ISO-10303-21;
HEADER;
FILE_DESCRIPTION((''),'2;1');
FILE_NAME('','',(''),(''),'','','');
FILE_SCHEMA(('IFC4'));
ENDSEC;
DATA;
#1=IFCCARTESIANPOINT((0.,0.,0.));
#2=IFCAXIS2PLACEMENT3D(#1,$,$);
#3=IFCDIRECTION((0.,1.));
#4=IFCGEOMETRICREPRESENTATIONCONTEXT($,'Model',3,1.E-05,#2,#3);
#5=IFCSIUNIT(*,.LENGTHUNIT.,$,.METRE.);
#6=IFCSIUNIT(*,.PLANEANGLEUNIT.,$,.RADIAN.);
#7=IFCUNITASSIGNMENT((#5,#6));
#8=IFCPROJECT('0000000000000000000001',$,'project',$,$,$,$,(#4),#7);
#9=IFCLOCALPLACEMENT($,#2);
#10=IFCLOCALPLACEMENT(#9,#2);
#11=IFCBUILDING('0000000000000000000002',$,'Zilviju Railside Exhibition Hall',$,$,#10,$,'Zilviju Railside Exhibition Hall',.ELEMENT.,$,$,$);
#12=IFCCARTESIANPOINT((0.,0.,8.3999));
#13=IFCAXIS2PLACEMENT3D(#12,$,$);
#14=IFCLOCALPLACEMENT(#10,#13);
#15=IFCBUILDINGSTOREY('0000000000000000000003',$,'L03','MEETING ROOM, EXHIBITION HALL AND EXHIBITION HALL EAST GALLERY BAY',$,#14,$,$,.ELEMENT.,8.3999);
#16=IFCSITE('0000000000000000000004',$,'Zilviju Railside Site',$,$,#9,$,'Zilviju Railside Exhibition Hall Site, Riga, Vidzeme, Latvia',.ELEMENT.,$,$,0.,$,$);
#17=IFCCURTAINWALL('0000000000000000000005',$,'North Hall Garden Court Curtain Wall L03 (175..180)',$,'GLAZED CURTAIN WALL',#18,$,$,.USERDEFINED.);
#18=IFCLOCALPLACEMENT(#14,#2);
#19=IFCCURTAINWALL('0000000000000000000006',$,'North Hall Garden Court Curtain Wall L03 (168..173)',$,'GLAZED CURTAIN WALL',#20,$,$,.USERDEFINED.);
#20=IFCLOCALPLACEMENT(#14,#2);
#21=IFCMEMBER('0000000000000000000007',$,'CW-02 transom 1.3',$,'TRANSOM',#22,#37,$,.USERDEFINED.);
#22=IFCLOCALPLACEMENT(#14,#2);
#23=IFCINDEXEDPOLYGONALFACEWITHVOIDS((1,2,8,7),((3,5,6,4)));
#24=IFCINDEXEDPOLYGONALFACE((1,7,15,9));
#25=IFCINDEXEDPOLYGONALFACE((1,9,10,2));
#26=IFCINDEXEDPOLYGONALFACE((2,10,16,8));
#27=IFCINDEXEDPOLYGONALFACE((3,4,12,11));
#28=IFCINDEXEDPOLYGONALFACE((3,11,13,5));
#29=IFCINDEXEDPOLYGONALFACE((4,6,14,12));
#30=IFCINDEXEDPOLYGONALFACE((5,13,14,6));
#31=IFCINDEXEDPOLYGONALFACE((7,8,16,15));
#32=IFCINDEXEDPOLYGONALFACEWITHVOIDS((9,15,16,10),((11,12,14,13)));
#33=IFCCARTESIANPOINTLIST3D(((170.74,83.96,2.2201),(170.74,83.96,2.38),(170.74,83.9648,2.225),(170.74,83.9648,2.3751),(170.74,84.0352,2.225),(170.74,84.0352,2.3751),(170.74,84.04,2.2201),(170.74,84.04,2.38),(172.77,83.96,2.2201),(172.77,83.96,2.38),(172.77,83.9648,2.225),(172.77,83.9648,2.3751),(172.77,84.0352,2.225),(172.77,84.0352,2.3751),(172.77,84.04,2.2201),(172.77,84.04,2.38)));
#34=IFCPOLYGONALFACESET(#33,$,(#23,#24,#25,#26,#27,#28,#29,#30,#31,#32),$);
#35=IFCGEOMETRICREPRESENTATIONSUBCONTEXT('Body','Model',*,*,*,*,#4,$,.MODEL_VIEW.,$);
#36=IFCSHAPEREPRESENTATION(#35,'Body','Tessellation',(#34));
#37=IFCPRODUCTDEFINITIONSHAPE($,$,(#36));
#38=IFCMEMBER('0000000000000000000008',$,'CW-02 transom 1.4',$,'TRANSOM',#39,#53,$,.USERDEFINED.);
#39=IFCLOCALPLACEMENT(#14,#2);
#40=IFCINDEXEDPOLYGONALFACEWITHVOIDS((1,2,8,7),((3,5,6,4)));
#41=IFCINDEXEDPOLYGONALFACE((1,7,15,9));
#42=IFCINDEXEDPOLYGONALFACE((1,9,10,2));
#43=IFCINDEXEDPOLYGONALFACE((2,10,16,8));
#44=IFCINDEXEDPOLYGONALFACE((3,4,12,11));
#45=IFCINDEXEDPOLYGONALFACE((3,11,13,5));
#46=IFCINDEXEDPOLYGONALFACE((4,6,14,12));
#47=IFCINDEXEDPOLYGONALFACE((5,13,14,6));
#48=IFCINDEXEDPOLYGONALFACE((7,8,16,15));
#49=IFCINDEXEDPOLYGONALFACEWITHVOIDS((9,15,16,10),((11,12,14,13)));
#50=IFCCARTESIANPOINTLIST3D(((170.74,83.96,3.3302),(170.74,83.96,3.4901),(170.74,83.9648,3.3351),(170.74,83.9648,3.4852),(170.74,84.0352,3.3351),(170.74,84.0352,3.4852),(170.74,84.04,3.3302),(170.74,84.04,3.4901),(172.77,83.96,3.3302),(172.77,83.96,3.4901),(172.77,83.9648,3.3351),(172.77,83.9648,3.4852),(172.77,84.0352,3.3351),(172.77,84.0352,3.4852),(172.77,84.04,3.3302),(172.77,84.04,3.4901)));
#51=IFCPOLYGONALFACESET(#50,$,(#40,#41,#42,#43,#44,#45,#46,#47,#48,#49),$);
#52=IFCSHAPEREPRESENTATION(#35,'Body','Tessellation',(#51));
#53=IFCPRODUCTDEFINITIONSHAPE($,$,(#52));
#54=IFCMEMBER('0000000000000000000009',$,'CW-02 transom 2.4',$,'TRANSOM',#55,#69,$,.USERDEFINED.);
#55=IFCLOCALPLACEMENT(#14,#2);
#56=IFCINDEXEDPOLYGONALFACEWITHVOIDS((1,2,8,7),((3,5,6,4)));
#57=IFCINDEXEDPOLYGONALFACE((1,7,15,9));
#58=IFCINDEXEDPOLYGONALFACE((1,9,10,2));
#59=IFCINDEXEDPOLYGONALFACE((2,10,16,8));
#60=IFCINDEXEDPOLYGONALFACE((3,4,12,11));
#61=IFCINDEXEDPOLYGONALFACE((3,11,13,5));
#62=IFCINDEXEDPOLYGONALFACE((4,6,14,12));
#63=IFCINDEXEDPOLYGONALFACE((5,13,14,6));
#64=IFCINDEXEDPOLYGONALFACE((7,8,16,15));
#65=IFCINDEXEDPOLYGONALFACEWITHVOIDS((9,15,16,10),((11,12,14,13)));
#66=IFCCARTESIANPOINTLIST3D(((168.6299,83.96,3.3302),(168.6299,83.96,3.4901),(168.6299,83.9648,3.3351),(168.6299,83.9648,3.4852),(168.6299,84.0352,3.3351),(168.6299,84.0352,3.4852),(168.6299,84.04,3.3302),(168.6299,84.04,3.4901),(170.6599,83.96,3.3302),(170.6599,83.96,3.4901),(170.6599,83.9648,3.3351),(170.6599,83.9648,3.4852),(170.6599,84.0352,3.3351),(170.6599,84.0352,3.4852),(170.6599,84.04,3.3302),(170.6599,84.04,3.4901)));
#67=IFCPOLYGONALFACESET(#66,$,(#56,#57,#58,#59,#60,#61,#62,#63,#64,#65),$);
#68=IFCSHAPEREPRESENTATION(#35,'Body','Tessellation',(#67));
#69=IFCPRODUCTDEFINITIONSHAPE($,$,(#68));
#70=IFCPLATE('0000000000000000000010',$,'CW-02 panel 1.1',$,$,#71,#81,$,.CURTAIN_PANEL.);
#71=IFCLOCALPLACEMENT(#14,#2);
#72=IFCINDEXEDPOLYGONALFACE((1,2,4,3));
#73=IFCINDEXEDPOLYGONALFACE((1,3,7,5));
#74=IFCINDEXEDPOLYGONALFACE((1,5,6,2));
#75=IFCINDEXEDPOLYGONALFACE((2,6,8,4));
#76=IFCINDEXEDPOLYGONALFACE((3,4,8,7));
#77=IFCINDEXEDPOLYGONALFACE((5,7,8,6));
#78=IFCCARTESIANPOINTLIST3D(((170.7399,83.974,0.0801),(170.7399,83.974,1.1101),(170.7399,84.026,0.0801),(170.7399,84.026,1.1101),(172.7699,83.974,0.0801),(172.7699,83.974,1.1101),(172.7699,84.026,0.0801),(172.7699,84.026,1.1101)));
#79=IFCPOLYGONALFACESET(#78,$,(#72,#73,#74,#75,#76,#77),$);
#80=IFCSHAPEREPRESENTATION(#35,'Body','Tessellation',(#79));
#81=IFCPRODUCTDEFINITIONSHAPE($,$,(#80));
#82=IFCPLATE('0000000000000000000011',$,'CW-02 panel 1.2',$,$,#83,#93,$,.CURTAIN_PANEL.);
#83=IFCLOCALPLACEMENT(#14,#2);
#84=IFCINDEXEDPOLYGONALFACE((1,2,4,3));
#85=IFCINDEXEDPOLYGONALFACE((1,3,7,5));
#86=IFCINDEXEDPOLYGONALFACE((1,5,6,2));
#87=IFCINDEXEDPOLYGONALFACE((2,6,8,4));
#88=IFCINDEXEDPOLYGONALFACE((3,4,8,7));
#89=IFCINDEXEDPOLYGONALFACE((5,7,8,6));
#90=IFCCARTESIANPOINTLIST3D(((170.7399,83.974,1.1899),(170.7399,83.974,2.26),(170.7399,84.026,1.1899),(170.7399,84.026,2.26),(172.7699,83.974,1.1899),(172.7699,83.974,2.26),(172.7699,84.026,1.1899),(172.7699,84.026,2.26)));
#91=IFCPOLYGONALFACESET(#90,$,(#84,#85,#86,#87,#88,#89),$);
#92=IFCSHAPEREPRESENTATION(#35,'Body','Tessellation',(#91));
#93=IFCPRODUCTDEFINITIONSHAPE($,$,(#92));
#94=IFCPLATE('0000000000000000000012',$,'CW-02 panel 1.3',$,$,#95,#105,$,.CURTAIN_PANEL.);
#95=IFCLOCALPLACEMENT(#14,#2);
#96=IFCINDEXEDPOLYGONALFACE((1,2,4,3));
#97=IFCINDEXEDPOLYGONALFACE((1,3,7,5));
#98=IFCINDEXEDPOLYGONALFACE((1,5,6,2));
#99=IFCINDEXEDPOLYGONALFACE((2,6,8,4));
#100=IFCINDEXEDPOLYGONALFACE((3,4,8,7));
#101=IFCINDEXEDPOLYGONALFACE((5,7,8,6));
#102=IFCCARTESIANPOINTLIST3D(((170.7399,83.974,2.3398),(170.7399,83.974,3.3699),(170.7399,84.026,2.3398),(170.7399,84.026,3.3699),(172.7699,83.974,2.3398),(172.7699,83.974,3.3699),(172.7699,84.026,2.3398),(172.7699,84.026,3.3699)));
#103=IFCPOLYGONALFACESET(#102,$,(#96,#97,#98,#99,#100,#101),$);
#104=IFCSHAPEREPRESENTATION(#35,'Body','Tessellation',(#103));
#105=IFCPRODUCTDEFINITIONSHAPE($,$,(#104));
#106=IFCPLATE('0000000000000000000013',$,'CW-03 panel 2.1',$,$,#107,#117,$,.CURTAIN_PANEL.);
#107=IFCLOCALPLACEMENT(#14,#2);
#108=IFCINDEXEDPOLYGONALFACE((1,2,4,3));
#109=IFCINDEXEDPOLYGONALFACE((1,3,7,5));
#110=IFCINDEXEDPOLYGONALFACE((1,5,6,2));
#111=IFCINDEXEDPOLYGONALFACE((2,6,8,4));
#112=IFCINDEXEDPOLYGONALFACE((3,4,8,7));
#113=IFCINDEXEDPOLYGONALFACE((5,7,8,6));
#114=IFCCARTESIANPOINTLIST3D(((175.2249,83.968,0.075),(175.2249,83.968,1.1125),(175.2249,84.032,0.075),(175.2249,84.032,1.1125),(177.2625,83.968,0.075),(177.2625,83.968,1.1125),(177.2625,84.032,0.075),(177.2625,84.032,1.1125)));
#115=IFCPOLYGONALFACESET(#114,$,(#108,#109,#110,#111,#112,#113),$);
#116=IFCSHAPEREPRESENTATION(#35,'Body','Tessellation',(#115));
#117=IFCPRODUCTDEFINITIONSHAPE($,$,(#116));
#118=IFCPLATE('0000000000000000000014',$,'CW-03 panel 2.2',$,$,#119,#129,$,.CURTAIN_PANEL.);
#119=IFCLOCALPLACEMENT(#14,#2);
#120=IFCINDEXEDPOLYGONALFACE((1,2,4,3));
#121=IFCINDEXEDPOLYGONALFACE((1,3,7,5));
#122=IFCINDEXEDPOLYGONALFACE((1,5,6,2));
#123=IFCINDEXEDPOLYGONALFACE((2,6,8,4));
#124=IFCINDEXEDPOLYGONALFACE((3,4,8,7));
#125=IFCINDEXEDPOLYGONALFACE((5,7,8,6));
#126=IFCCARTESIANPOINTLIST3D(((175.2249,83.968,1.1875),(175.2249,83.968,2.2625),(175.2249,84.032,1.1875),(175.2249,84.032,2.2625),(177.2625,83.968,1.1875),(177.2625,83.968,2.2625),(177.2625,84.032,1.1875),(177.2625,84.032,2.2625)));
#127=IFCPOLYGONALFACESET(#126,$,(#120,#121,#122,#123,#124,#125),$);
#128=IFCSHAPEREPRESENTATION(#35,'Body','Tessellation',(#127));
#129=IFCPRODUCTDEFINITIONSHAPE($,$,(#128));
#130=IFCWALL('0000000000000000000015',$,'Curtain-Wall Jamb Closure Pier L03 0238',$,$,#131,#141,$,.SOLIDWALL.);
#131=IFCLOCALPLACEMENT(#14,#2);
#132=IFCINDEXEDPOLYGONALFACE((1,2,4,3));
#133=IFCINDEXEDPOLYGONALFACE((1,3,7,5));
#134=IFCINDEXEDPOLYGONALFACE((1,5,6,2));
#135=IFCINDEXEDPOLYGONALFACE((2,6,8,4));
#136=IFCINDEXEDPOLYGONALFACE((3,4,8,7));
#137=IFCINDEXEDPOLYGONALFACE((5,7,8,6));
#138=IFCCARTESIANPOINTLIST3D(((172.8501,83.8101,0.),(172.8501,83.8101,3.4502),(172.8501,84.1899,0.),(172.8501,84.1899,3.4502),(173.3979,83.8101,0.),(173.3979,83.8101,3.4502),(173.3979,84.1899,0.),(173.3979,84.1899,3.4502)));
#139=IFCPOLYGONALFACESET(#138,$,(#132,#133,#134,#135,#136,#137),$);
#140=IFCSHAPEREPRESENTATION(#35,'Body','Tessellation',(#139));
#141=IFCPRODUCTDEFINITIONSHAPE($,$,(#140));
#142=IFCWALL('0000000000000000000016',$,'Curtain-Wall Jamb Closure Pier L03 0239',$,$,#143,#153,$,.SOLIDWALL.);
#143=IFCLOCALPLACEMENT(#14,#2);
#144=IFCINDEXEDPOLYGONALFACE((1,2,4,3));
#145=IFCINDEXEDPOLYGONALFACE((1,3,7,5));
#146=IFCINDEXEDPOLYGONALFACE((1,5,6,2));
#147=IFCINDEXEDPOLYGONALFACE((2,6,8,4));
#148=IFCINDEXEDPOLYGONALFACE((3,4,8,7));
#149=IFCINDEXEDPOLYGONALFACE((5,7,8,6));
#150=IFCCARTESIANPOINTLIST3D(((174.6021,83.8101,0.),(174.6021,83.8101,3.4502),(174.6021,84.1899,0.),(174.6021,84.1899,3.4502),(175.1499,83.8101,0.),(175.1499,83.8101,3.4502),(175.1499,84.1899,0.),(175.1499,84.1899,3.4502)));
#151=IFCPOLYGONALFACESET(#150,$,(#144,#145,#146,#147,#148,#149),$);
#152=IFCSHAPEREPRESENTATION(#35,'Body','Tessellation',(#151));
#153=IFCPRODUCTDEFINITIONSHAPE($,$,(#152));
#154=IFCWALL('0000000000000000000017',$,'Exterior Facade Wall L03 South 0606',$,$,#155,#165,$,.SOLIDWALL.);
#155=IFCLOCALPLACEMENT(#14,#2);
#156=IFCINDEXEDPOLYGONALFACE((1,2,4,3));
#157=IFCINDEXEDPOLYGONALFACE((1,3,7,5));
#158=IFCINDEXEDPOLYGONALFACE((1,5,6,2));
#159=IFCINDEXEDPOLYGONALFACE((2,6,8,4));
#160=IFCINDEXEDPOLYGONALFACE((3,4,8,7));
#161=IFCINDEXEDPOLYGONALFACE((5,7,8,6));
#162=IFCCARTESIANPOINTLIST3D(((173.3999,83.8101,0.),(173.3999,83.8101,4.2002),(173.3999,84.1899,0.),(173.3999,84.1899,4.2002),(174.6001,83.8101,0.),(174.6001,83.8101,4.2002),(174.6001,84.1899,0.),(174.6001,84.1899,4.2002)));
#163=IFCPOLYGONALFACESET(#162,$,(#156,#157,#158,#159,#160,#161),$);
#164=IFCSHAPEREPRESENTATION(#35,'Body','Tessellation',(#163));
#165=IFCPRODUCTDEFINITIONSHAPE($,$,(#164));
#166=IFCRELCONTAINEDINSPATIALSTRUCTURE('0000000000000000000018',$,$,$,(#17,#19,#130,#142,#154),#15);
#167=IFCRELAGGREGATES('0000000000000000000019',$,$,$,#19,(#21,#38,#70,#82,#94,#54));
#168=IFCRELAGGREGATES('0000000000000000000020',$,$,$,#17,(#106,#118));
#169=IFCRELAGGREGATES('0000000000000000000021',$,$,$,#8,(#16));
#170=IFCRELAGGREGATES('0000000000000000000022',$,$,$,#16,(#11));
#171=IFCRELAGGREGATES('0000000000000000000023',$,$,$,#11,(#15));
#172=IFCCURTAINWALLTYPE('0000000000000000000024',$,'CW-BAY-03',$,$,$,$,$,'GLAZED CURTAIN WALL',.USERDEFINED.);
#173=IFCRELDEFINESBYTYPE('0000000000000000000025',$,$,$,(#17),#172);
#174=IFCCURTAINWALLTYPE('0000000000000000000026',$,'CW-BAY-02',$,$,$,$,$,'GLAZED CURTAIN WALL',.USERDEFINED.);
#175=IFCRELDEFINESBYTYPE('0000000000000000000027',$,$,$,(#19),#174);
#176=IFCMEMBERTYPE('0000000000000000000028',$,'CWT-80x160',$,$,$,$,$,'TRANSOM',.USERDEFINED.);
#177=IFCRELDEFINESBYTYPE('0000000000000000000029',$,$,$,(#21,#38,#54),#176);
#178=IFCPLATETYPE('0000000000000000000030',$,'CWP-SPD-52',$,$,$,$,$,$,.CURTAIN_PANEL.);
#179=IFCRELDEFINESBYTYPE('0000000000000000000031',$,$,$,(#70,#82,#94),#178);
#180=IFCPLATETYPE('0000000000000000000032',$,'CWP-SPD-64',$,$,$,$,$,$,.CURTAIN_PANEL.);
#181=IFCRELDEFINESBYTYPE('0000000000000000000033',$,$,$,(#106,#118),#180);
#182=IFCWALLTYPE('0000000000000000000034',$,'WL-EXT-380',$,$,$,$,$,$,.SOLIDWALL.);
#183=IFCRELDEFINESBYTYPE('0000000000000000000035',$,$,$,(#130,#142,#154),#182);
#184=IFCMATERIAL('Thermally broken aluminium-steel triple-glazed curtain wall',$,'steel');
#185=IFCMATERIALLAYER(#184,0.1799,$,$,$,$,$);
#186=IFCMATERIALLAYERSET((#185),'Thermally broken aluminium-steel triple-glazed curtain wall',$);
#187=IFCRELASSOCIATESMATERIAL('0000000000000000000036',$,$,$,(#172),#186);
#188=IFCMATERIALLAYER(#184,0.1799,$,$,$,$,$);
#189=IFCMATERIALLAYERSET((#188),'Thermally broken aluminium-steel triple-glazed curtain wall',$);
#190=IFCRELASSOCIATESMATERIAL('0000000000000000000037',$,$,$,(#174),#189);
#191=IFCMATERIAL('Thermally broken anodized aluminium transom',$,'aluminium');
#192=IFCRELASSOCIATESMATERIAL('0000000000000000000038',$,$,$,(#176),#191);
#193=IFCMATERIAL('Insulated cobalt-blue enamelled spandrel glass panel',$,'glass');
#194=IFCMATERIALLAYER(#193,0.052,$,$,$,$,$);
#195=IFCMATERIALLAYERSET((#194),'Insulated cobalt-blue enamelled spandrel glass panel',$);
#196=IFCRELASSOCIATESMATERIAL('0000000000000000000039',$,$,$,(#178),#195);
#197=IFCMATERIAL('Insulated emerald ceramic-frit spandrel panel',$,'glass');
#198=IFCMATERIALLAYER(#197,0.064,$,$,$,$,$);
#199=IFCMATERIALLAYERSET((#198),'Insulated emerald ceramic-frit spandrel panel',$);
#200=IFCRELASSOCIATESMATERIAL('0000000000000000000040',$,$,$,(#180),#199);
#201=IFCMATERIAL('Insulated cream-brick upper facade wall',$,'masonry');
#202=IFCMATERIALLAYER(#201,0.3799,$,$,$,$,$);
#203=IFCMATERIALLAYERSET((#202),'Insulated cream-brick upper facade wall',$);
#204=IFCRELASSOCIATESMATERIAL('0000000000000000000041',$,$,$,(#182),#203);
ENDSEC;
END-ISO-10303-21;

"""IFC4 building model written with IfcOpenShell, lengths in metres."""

from ifc_helpers import new_model, si_unit, direction, frame, frame_2d, origin, origin_2d, place, context, subcontext, project, spatial, rectangle, hollow_rectangle, extrude, material, layer, layer_set, material_profile, profile_set, type_object, element, aggregate, save


model = new_model("IFC4")

# Units and contexts
model_context = context("Model", 3, precision=1e-05, world=origin(), true_north=direction((0.0, 1.0)))
body_context = subcontext(model_context, "Body", "Model", "MODEL_VIEW")
ifc_project = project(units=[si_unit("LENGTHUNIT", "METRE"), si_unit("PLANEANGLEUNIT", "RADIAN")], contexts=[model_context])

# Site, building, storey
site_placement = place(None, origin())
site = spatial("IfcSite", under=ifc_project, at=site_placement, Name="Zilviju Railside Site", LongName="Zilviju Railside Exhibition Hall Site, Riga, Vidzeme, Latvia", CompositionType="ELEMENT", RefElevation=0.0)
building_placement = place(site_placement, origin())
building = spatial("IfcBuilding", under=site, at=building_placement, Name="Zilviju Railside Exhibition Hall", LongName="Zilviju Railside Exhibition Hall", CompositionType="ELEMENT")
storey_placement = place(building_placement, frame((0.0, 0.0, 8.3999)))
storey = spatial("IfcBuildingStorey", under=building, at=storey_placement, Name="L03", Description="MEETING ROOM, EXHIBITION HALL AND EXHIBITION HALL EAST GALLERY BAY", CompositionType="ELEMENT", Elevation=8.3999)

# Curtain wall
ifc_material_1 = material(Name="Thermally broken aluminium-steel triple-glazed curtain wall", Category="steel")
ifc_layer_1 = layer(ifc_material_1, 0.1799)
ifc_layer_set_1 = layer_set([ifc_layer_1], Name="Thermally broken aluminium-steel triple-glazed curtain wall")
curtain_wall_type_1 = type_object("IfcCurtainWallType", Name="CW-BAY-03", ElementType="GLAZED CURTAIN WALL", PredefinedType="USERDEFINED", material=ifc_layer_set_1)
curtain_wall_1_placement = place(storey_placement, origin())
curtain_wall_1 = element("IfcCurtainWall", 1, at=curtain_wall_1_placement, inside=storey, type_object=curtain_wall_type_1, Name="North Hall Garden Court Curtain Wall L03 (175..180)", ObjectType="GLAZED CURTAIN WALL", PredefinedType="USERDEFINED")

# Curtain wall, members, plates
ifc_layer_2 = layer(ifc_material_1, 0.1799)
ifc_layer_set_2 = layer_set([ifc_layer_2], Name="Thermally broken aluminium-steel triple-glazed curtain wall")
curtain_wall_type_2 = type_object("IfcCurtainWallType", Name="CW-BAY-02", ElementType="GLAZED CURTAIN WALL", PredefinedType="USERDEFINED", material=ifc_layer_set_2)
curtain_wall_2_placement = place(storey_placement, origin())
curtain_wall_2 = element("IfcCurtainWall", 2, at=curtain_wall_2_placement, inside=storey, type_object=curtain_wall_type_2, Name="North Hall Garden Court Curtain Wall L03 (168..173)", ObjectType="GLAZED CURTAIN WALL", PredefinedType="USERDEFINED")
ifc_material_2 = material(Name="Thermally broken anodized aluminium transom", Category="aluminium")
ifc_material_profile_1 = material_profile(ifc_material_2, hollow_rectangle(XDim=0.0801, YDim=0.1599, WallThickness=0.0049, at=origin_2d()), Name="TRANSOM 160x80x5")
ifc_profile_set_1 = profile_set([ifc_material_profile_1], Name="Thermally broken anodized aluminium transom")
member_type_1 = type_object("IfcMemberType", Name="CWT-80x160", ElementType="TRANSOM", PredefinedType="USERDEFINED", material=ifc_profile_set_1)
member_1_placement = place(storey_placement, frame((172.77, 84.0, 2.3), z_axis=(-1.0, 0.0, 0.0), x_axis=(0.0, -1.0, 0.0)))
member_1 = element("IfcMember", 3, at=member_1_placement, type_object=member_type_1, Name="CW-02 transom 1.3", ObjectType="TRANSOM", PredefinedType="USERDEFINED", context=body_context, shape_type="SweptSolid", body=[
    extrude(hollow_rectangle(XDim=0.0801, YDim=0.1599, WallThickness=0.0049, at=origin_2d()), origin(), (0.0, 0.0, 1.0), 2.03),
])
member_2_placement = place(storey_placement, frame((172.77, 84.0, 3.4102), z_axis=(-1.0, 0.0, 0.0), x_axis=(0.0, -1.0, 0.0)))
member_2 = element("IfcMember", 4, at=member_2_placement, type_object=member_type_1, Name="CW-02 transom 1.4", ObjectType="TRANSOM", PredefinedType="USERDEFINED", context=body_context, shape_type="SweptSolid", body=[
    extrude(hollow_rectangle(XDim=0.0801, YDim=0.1599, WallThickness=0.0049, at=origin_2d()), origin(), (0.0, 0.0, 1.0), 2.03),
])
member_3_placement = place(storey_placement, frame((170.6599, 84.0, 3.4102), z_axis=(-1.0, 0.0, 0.0), x_axis=(0.0, -1.0, 0.0)))
member_3 = element("IfcMember", 5, at=member_3_placement, type_object=member_type_1, Name="CW-02 transom 2.4", ObjectType="TRANSOM", PredefinedType="USERDEFINED", context=body_context, shape_type="SweptSolid", body=[
    extrude(hollow_rectangle(XDim=0.0801, YDim=0.1599, WallThickness=0.0049, at=origin_2d()), origin(), (0.0, 0.0, 1.0), 2.03),
])
ifc_material_3 = material(Name="Insulated cobalt-blue enamelled spandrel glass panel", Category="glass")
ifc_layer_3 = layer(ifc_material_3, 0.052)
ifc_layer_set_3 = layer_set([ifc_layer_3], Name="Insulated cobalt-blue enamelled spandrel glass panel")
plate_type_1 = type_object("IfcPlateType", Name="CWP-SPD-52", PredefinedType="CURTAIN_PANEL", material=ifc_layer_set_3)
plate_1_placement = place(storey_placement, frame((171.7549, 84.0, 0.0801), z_axis=(0.0, 0.0, 1.0), x_axis=(-1.0, 0.0, 0.0)))
plate_1 = element("IfcPlate", 6, at=plate_1_placement, type_object=plate_type_1, Name="CW-02 panel 1.1", PredefinedType="CURTAIN_PANEL", context=body_context, shape_type="SweptSolid", body=[
    extrude(rectangle(XDim=2.03, YDim=0.052, at=origin_2d()), origin(), (0.0, 0.0, 1.0), 1.03),
])
plate_2_placement = place(storey_placement, frame((171.7549, 84.0, 1.1899), z_axis=(0.0, 0.0, 1.0), x_axis=(-1.0, 0.0, 0.0)))
plate_2 = element("IfcPlate", 7, at=plate_2_placement, type_object=plate_type_1, Name="CW-02 panel 1.2", PredefinedType="CURTAIN_PANEL", context=body_context, shape_type="SweptSolid", body=[
    extrude(rectangle(XDim=2.03, YDim=0.052, at=origin_2d()), origin(), (0.0, 0.0, 1.0), 1.0701),
])
plate_3_placement = place(storey_placement, frame((171.7549, 84.0, 2.3398), z_axis=(0.0, 0.0, 1.0), x_axis=(-1.0, 0.0, 0.0)))
plate_3 = element("IfcPlate", 8, at=plate_3_placement, type_object=plate_type_1, Name="CW-02 panel 1.3", PredefinedType="CURTAIN_PANEL", context=body_context, shape_type="SweptSolid", body=[
    extrude(rectangle(XDim=2.03, YDim=0.052, at=origin_2d()), origin(), (0.0, 0.0, 1.0), 1.03),
])
aggregate(curtain_wall_2, [member_1, member_2, plate_1, plate_2, plate_3, member_3])

# Plates
ifc_material_4 = material(Name="Insulated emerald ceramic-frit spandrel panel", Category="glass")
ifc_layer_4 = layer(ifc_material_4, 0.064)
ifc_layer_set_4 = layer_set([ifc_layer_4], Name="Insulated emerald ceramic-frit spandrel panel")
plate_type_2 = type_object("IfcPlateType", Name="CWP-SPD-64", PredefinedType="CURTAIN_PANEL", material=ifc_layer_set_4)
plate_4_placement = place(storey_placement, frame((176.2437, 84.0, 0.075), z_axis=(0.0, 0.0, 1.0), x_axis=(-1.0, 0.0, 0.0)))
plate_4 = element("IfcPlate", 9, at=plate_4_placement, type_object=plate_type_2, Name="CW-03 panel 2.1", PredefinedType="CURTAIN_PANEL", context=body_context, shape_type="SweptSolid", body=[
    extrude(rectangle(XDim=2.0376, YDim=0.064, at=origin_2d()), origin(), (0.0, 0.0, 1.0), 1.0376),
])
plate_5_placement = place(storey_placement, frame((176.2437, 84.0, 1.1875), z_axis=(0.0, 0.0, 1.0), x_axis=(-1.0, 0.0, 0.0)))
plate_5 = element("IfcPlate", 10, at=plate_5_placement, type_object=plate_type_2, Name="CW-03 panel 2.2", PredefinedType="CURTAIN_PANEL", context=body_context, shape_type="SweptSolid", body=[
    extrude(rectangle(XDim=2.0376, YDim=0.064, at=origin_2d()), origin(), (0.0, 0.0, 1.0), 1.075),
])
aggregate(curtain_wall_1, [plate_4, plate_5])

# Walls
ifc_material_5 = material(Name="Insulated cream-brick upper facade wall", Category="masonry")
ifc_layer_5 = layer(ifc_material_5, 0.3799)
ifc_layer_set_5 = layer_set([ifc_layer_5], Name="Insulated cream-brick upper facade wall")
wall_type = type_object("IfcWallType", Name="WL-EXT-380", PredefinedType="SOLIDWALL", material=ifc_layer_set_5)
for number, where, z_axis, x_axis, name in (
    (11, (173.3979, 84.0, 0.0), (0.0, 0.0, 1.0), (-1.0, 0.0, 0.0), "Curtain-Wall Jamb Closure Pier L03 0238"),
    (12, (175.1499, 84.0, 0.0), (0.0, 0.0, 1.0), (-1.0, 0.0, 0.0), "Curtain-Wall Jamb Closure Pier L03 0239"),
):
    element("IfcWall", number, at=place(storey_placement, frame(where, z_axis=z_axis, x_axis=x_axis)), inside=storey, type_object=wall_type, Name=name, PredefinedType="SOLIDWALL", context=body_context, shape_type="SweptSolid", body=[
        extrude(rectangle(XDim=0.5479, YDim=0.3799, at=frame_2d((0.2739, 0.0))), origin(), (0.0, 0.0, 1.0), 3.4502),
    ])
wall_placement = place(storey_placement, frame((174.6001, 84.0, 0.0), z_axis=(0.0, 0.0, 1.0), x_axis=(-1.0, 0.0, 0.0)))
element("IfcWall", 13, at=wall_placement, inside=storey, type_object=wall_type, Name="Exterior Facade Wall L03 South 0606", PredefinedType="SOLIDWALL", context=body_context, shape_type="SweptSolid", body=[
    extrude(rectangle(XDim=1.2002, YDim=0.3799, at=frame_2d((0.6001, 0.0))), origin(), (0.0, 0.0, 1.0), 4.2002),
])

save(model, "model.ifc")
